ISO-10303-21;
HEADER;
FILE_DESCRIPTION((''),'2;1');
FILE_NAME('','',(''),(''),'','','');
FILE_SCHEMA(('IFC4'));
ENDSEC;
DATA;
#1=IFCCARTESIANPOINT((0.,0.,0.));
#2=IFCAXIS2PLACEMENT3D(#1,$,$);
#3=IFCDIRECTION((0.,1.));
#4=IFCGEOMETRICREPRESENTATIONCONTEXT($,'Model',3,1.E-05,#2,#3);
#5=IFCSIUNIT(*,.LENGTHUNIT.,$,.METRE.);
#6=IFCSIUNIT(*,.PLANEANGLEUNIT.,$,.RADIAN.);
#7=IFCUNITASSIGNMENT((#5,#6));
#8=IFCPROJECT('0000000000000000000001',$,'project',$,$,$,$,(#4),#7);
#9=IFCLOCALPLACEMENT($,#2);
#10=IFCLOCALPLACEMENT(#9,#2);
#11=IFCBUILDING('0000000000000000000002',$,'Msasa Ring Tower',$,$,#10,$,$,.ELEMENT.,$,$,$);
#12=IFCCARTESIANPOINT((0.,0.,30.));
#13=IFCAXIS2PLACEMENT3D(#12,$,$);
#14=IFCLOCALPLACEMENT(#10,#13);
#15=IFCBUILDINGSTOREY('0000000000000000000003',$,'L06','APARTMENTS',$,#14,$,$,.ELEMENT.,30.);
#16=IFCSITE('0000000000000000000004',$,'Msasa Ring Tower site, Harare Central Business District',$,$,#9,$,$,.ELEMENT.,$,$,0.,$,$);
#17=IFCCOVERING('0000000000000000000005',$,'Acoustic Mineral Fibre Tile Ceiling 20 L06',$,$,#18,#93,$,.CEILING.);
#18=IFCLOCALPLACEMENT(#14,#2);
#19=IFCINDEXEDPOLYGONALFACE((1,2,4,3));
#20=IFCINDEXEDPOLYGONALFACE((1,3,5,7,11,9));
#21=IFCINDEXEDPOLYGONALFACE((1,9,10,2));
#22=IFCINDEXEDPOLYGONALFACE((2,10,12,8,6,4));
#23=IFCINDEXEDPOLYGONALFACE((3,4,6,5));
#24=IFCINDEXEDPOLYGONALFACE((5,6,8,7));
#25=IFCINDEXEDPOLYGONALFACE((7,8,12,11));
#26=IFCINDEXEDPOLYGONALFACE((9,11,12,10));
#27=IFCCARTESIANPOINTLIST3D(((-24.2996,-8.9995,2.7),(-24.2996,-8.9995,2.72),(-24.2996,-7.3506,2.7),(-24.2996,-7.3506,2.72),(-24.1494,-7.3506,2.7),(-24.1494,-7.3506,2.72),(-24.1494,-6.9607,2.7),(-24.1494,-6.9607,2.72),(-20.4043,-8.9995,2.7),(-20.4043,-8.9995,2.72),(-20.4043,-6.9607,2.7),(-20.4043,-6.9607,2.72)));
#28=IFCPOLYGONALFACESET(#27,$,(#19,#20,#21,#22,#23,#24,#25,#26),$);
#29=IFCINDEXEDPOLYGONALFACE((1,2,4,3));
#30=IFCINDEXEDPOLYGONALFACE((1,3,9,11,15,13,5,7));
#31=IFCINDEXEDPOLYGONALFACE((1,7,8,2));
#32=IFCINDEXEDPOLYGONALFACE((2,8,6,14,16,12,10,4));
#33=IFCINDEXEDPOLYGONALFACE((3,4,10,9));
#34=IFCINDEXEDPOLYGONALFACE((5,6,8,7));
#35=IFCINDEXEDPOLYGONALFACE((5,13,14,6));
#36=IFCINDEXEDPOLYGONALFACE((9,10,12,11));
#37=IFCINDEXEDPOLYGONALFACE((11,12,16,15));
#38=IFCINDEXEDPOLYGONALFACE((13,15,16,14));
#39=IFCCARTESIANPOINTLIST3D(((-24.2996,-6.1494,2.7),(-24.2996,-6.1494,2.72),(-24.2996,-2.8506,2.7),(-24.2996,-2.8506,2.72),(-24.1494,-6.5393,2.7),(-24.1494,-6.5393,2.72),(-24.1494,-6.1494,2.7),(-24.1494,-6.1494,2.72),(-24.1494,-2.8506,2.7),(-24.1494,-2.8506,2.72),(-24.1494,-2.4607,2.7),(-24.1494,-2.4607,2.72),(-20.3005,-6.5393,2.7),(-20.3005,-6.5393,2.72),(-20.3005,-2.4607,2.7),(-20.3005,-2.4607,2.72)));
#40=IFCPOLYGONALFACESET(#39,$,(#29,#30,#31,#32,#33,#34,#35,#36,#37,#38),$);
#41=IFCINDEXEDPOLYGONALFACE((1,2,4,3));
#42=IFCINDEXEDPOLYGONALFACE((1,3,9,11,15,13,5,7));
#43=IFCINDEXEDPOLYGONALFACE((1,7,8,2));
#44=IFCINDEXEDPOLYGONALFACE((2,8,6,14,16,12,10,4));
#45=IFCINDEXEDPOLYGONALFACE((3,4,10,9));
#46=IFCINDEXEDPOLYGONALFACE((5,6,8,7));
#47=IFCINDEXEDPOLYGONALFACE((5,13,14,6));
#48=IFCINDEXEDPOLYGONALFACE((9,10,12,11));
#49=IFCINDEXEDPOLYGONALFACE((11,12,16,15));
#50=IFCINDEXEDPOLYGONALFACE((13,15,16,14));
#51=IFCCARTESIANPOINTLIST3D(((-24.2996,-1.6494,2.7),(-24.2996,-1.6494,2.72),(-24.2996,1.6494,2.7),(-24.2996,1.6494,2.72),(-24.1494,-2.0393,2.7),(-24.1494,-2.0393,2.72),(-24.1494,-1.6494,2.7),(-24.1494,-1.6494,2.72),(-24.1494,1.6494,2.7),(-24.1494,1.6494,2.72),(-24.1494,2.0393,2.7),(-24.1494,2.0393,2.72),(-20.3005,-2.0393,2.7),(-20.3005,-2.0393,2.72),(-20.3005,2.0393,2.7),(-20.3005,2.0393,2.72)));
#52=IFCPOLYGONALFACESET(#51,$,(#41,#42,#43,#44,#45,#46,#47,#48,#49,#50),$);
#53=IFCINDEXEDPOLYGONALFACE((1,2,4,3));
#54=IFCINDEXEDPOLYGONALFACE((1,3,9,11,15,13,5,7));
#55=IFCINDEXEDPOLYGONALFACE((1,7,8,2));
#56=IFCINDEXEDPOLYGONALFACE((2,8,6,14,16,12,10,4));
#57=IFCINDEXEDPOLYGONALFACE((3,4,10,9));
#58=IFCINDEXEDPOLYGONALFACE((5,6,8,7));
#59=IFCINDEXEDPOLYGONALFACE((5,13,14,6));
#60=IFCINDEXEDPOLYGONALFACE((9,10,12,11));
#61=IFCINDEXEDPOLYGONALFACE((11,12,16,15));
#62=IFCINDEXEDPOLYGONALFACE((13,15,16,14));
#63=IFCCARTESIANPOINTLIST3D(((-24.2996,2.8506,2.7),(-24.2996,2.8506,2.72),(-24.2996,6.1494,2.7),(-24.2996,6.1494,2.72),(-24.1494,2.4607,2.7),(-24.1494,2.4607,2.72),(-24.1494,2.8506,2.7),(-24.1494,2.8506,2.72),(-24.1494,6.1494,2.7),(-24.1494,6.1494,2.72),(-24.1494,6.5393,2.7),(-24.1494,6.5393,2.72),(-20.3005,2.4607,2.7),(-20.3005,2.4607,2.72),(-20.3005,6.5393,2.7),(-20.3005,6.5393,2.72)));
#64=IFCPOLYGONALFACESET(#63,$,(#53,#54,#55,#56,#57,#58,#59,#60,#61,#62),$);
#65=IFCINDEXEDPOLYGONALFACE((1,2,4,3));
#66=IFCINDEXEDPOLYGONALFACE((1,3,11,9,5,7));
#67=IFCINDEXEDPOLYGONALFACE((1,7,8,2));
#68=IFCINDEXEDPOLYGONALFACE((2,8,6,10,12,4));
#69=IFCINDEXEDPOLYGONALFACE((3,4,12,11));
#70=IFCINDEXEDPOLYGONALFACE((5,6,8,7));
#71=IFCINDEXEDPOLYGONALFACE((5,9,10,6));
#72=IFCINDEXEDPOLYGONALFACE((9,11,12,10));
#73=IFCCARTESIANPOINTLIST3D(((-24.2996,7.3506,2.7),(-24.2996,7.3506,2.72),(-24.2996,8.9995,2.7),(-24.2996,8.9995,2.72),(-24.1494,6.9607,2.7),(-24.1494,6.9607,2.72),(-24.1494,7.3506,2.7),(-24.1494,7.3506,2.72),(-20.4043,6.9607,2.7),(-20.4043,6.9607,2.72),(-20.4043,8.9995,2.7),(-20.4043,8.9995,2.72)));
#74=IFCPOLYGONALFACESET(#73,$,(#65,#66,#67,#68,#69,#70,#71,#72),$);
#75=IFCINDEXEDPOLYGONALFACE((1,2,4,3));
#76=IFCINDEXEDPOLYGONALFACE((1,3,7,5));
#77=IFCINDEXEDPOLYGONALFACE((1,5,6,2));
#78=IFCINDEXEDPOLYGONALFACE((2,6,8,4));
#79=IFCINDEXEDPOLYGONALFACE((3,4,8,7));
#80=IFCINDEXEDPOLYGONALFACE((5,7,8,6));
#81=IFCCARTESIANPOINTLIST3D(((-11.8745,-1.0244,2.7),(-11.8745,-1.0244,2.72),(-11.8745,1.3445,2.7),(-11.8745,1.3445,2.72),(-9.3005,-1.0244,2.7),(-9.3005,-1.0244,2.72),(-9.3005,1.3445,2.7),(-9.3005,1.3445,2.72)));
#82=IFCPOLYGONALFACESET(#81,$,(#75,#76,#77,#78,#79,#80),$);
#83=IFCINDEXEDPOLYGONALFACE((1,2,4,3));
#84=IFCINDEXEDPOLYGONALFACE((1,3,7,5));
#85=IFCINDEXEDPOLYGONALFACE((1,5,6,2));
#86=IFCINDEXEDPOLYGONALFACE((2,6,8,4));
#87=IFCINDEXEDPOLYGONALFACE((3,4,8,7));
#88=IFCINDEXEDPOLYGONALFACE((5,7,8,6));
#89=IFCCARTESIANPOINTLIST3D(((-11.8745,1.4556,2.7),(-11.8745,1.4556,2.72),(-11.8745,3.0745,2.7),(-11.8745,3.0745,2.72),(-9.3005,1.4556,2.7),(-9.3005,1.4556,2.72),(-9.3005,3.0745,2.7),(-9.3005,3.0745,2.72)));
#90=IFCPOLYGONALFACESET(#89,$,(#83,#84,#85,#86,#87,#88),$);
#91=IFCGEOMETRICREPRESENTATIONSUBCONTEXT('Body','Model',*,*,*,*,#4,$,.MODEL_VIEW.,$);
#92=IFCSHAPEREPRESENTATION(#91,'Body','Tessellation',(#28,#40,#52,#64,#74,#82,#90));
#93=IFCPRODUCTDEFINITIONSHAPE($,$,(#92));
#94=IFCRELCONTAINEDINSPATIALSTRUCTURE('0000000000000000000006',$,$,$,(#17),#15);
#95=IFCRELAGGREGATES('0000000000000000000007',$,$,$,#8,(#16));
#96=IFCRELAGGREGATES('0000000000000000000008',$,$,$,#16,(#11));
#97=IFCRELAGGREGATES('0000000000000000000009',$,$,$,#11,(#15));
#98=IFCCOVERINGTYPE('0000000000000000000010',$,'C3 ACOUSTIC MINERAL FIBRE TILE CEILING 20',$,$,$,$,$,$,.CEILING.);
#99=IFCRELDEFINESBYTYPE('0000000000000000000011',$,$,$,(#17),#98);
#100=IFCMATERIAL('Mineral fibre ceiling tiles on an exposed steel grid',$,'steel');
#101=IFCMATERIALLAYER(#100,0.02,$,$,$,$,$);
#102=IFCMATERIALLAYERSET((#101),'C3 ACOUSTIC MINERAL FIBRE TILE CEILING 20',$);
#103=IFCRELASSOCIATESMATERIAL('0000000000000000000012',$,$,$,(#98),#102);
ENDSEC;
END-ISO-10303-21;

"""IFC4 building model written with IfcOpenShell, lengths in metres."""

from ifc_helpers import new_model, si_unit, direction, frame, origin, place, context, subcontext, project, spatial, line, indexed_curve, outline, extrude, material, layer, layer_set, type_object, element, save


model = new_model("IFC4")

# Units and contexts
model_context = context("Model", 3, precision=1e-05, world=origin(), true_north=direction((0.0, 1.0)))
body_context = subcontext(model_context, "Body", "Model", "MODEL_VIEW")
ifc_project = project(units=[si_unit("LENGTHUNIT", "METRE"), si_unit("PLANEANGLEUNIT", "RADIAN")], contexts=[model_context])

# Site, building, storey
site_placement = place(None, origin())
site = spatial("IfcSite", under=ifc_project, at=site_placement, Name="Msasa Ring Tower site, Harare Central Business District", CompositionType="ELEMENT", RefElevation=0.0)
building_placement = place(site_placement, origin())
building = spatial("IfcBuilding", under=site, at=building_placement, Name="Msasa Ring Tower", CompositionType="ELEMENT")
storey_placement = place(building_placement, frame((0.0, 0.0, 30.0)))
storey = spatial("IfcBuildingStorey", under=building, at=storey_placement, Name="L06", Description="APARTMENTS", CompositionType="ELEMENT", Elevation=30.0)

# Covering
ifc_material_1 = material(Name="Mineral fibre ceiling tiles on an exposed steel grid", Category="steel")
ifc_layer_1 = layer(ifc_material_1, 0.02)
ifc_layer_set_1 = layer_set([ifc_layer_1], Name="C3 ACOUSTIC MINERAL FIBRE TILE CEILING 20")
covering_type_1 = type_object("IfcCoveringType", Name="C3 ACOUSTIC MINERAL FIBRE TILE CEILING 20", PredefinedType="CEILING", material=ifc_layer_set_1)
covering_1_placement = place(storey_placement, frame((0.0, 0.0, 2.7)))
element("IfcCovering", 1, at=covering_1_placement, inside=storey, type_object=covering_type_1, Name="Acoustic Mineral Fibre Tile Ceiling 20 L06", PredefinedType="CEILING", context=body_context, shape_type="SweptSolid", body=[
    extrude(outline(indexed_curve([(-24.2996, -8.9995), (-24.2996, -7.3506), (-24.1494, -7.3506), (-24.1494, -6.9607), (-20.4043, -6.9607), (-20.4043, -8.9995)], segments=[line(1, 2, 3, 4, 5, 6, 1)], self_intersect=False)), origin(), (0.0, 0.0, 1.0), 0.02),
    extrude(outline(indexed_curve([(-24.2996, -2.8506), (-24.1494, -2.8506), (-24.1494, -2.4607), (-20.3005, -2.4607), (-20.3005, -6.5393), (-24.1494, -6.5393), (-24.1494, -6.1494), (-24.2996, -6.1494)], segments=[line(1, 2, 3, 4, 5, 6, 7, 8, 1)], self_intersect=False)), origin(), (0.0, 0.0, 1.0), 0.02),
    extrude(outline(indexed_curve([(-24.2996, 1.6494), (-24.1494, 1.6494), (-24.1494, 2.0393), (-20.3005, 2.0393), (-20.3005, -2.0393), (-24.1494, -2.0393), (-24.1494, -1.6494), (-24.2996, -1.6494)], segments=[line(1, 2, 3, 4, 5, 6, 7, 8, 1)], self_intersect=False)), origin(), (0.0, 0.0, 1.0), 0.02),
    extrude(outline(indexed_curve([(-24.2996, 6.1494), (-24.1494, 6.1494), (-24.1494, 6.5393), (-20.3005, 6.5393), (-20.3005, 2.4607), (-24.1494, 2.4607), (-24.1494, 2.8506), (-24.2996, 2.8506)], segments=[line(1, 2, 3, 4, 5, 6, 7, 8, 1)], self_intersect=False)), origin(), (0.0, 0.0, 1.0), 0.02),
    extrude(outline(indexed_curve([(-24.2996, 8.9995), (-20.4043, 8.9995), (-20.4043, 6.9607), (-24.1494, 6.9607), (-24.1494, 7.3506), (-24.2996, 7.3506)], segments=[line(1, 2, 3, 4, 5, 6, 1)], self_intersect=False)), origin(), (0.0, 0.0, 1.0), 0.02),
    extrude(outline(indexed_curve([(-9.3005, -1.0244), (-11.8745, -1.0244), (-11.8745, 1.3445), (-9.3005, 1.3445)], segments=[line(1, 2, 3, 4, 1)], self_intersect=False)), origin(), (0.0, 0.0, 1.0), 0.02),
    extrude(outline(indexed_curve([(-9.3005, 1.4556), (-11.8745, 1.4556), (-11.8745, 3.0745), (-9.3005, 3.0745)], segments=[line(1, 2, 3, 4, 1)], self_intersect=False)), origin(), (0.0, 0.0, 1.0), 0.02),
])

save(model, "model.ifc")
